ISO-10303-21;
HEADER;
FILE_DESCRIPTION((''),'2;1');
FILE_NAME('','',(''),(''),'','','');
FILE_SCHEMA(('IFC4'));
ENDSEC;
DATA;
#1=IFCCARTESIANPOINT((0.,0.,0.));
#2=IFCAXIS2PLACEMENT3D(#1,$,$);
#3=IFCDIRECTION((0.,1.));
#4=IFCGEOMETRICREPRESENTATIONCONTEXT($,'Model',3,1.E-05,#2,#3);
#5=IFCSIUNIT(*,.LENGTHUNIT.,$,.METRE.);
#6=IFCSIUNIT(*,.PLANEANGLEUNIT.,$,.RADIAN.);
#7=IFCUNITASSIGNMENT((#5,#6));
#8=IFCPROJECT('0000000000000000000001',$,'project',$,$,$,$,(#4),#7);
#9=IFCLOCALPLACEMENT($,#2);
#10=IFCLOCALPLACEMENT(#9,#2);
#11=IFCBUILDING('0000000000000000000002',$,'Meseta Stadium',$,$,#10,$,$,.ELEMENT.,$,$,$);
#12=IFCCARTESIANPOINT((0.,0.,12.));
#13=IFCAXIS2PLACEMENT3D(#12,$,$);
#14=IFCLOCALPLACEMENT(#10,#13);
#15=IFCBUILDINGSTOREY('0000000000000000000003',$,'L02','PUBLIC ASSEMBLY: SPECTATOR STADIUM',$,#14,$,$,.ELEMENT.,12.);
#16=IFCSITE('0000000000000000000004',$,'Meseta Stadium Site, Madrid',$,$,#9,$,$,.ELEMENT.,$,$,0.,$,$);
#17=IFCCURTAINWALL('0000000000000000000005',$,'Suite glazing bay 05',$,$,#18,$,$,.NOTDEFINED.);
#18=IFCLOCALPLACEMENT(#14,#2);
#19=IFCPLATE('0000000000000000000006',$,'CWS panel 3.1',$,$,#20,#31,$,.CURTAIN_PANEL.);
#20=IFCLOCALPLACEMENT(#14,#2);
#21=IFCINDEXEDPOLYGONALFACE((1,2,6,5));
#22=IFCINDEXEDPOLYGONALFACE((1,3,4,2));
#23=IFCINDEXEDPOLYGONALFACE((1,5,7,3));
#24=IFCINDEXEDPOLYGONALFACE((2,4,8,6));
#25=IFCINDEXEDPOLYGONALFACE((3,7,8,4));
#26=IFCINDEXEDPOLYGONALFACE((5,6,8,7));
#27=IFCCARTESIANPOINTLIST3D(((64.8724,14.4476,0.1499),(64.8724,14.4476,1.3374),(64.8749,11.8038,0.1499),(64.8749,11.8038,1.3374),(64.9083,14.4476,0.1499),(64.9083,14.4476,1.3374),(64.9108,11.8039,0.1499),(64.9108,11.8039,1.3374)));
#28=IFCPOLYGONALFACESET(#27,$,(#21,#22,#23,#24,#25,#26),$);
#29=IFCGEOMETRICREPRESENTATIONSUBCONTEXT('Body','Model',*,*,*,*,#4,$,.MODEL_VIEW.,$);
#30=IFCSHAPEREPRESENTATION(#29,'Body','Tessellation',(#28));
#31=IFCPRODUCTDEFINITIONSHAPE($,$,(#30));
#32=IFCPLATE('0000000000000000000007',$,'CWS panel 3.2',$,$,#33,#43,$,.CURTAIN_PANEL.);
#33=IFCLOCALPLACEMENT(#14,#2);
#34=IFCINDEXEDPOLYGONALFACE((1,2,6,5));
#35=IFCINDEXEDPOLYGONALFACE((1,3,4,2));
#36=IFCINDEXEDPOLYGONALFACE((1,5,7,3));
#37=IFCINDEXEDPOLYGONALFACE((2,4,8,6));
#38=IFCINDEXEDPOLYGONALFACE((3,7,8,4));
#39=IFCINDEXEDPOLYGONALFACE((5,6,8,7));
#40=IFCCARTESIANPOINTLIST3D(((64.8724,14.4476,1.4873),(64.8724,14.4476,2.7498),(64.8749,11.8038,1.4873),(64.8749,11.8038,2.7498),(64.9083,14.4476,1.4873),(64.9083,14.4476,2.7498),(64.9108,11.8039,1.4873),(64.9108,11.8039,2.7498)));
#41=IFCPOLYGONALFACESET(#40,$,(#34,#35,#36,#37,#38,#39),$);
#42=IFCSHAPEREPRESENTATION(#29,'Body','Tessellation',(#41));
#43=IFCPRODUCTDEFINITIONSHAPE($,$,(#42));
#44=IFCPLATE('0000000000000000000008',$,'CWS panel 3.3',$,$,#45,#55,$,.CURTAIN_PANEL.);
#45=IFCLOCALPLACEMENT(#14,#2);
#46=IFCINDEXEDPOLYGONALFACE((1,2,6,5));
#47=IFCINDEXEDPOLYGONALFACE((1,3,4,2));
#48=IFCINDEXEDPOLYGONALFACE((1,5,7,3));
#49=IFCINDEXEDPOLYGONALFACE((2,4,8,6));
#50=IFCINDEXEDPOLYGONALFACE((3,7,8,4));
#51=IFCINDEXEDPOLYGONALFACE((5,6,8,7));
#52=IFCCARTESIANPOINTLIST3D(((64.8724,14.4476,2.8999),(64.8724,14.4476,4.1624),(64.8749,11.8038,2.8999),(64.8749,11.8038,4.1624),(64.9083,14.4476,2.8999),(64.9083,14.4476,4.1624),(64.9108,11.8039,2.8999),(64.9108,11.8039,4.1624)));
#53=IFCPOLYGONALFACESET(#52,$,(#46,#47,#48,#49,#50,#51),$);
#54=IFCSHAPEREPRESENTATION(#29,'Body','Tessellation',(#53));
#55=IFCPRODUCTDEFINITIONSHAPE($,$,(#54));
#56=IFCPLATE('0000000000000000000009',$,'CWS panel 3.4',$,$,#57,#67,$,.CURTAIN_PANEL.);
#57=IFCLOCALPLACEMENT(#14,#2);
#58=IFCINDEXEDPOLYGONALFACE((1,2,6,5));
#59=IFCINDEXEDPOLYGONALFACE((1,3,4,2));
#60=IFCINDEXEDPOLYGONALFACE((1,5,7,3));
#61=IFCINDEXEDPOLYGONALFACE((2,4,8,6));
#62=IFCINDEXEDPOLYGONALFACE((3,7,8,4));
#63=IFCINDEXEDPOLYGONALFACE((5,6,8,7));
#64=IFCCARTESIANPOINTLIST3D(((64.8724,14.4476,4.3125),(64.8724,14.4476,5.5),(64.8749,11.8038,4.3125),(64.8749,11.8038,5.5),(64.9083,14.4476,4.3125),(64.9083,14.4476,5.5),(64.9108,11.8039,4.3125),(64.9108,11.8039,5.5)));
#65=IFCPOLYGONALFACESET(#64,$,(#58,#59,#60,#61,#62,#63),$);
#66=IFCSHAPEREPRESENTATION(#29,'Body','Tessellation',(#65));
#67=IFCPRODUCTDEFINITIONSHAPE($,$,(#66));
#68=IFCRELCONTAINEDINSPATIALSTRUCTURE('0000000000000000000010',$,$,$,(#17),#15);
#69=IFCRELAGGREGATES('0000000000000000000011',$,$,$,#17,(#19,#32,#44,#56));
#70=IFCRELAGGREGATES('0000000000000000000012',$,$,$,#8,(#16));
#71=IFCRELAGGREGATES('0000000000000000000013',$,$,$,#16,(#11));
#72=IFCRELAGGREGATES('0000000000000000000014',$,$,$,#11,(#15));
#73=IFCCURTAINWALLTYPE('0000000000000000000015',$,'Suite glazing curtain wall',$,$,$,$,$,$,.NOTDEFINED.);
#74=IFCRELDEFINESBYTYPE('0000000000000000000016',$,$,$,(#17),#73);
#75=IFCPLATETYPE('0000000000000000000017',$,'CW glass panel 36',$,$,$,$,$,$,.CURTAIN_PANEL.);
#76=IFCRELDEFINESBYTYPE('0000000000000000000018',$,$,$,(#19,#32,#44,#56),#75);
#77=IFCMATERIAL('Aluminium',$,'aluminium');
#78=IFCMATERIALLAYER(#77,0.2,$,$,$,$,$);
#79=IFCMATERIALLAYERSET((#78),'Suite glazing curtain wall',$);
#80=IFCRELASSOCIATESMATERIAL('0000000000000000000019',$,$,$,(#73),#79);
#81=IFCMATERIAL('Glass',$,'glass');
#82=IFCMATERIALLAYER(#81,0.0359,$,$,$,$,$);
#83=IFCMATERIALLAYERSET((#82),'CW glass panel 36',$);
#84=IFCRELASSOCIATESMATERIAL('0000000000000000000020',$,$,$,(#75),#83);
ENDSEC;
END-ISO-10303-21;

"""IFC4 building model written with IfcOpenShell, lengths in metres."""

from ifc_helpers import new_model, si_unit, direction, frame, origin, origin_2d, place, context, subcontext, project, spatial, rectangle, extrude, material, layer, layer_set, type_object, element, aggregate, save


model = new_model("IFC4")

# Units and contexts
model_context = context("Model", 3, precision=1e-05, world=origin(), true_north=direction((0.0, 1.0)))
body_context = subcontext(model_context, "Body", "Model", "MODEL_VIEW")
ifc_project = project(units=[si_unit("LENGTHUNIT", "METRE"), si_unit("PLANEANGLEUNIT", "RADIAN")], contexts=[model_context])

# Site, building, storey
site_placement = place(None, origin())
site = spatial("IfcSite", under=ifc_project, at=site_placement, Name="Meseta Stadium Site, Madrid", CompositionType="ELEMENT", RefElevation=0.0)
building_placement = place(site_placement, origin())
building = spatial("IfcBuilding", under=site, at=building_placement, Name="Meseta Stadium", CompositionType="ELEMENT")
storey_placement = place(building_placement, frame((0.0, 0.0, 12.0)))
storey = spatial("IfcBuildingStorey", under=building, at=storey_placement, Name="L02", Description="PUBLIC ASSEMBLY: SPECTATOR STADIUM", CompositionType="ELEMENT", Elevation=12.0)

# Curtain wall
ifc_material_1 = material(Name="Aluminium", Category="aluminium")
ifc_layer_1 = layer(ifc_material_1, 0.2)
ifc_layer_set_1 = layer_set([ifc_layer_1], Name="Suite glazing curtain wall")
curtain_wall_type = type_object("IfcCurtainWallType", Name="Suite glazing curtain wall", PredefinedType="NOTDEFINED", material=ifc_layer_set_1)
curtain_wall_1_placement = place(storey_placement, origin())
curtain_wall_1 = element("IfcCurtainWall", 1, at=curtain_wall_1_placement, inside=storey, type_object=curtain_wall_type, Name="Suite glazing bay 05", PredefinedType="NOTDEFINED")

# Plates
ifc_material_2 = material(Name="Glass", Category="glass")
ifc_layer_2 = layer(ifc_material_2, 0.0359)
ifc_layer_set_2 = layer_set([ifc_layer_2], Name="CW glass panel 36")
plate_type = type_object("IfcPlateType", Name="CW glass panel 36", PredefinedType="CURTAIN_PANEL", material=ifc_layer_set_2)
plate_1_placement = place(storey_placement, frame((64.8916, 13.1257, 0.1499), z_axis=(0.0, 0.0, 1.0), x_axis=(-0.000975, 1.0, 0.0)))
plate_1 = element("IfcPlate", 2, at=plate_1_placement, type_object=plate_type, Name="CWS panel 3.1", PredefinedType="CURTAIN_PANEL", context=body_context, shape_type="SweptSolid", body=[
    extrude(rectangle(XDim=2.6438, YDim=0.0359, at=origin_2d()), origin(), (0.0, 0.0, 1.0), 1.1875),
])
plate_2_placement = place(storey_placement, frame((64.8916, 13.1257, 1.4873), z_axis=(0.0, 0.0, 1.0), x_axis=(-0.000975, 1.0, 0.0)))
plate_2 = element("IfcPlate", 3, at=plate_2_placement, type_object=plate_type, Name="CWS panel 3.2", PredefinedType="CURTAIN_PANEL", context=body_context, shape_type="SweptSolid", body=[
    extrude(rectangle(XDim=2.6438, YDim=0.0359, at=origin_2d()), origin(), (0.0, 0.0, 1.0), 1.2625),
])
plate_3_placement = place(storey_placement, frame((64.8916, 13.1257, 2.8999), z_axis=(0.0, 0.0, 1.0), x_axis=(-0.000975, 1.0, 0.0)))
plate_3 = element("IfcPlate", 4, at=plate_3_placement, type_object=plate_type, Name="CWS panel 3.3", PredefinedType="CURTAIN_PANEL", context=body_context, shape_type="SweptSolid", body=[
    extrude(rectangle(XDim=2.6438, YDim=0.0359, at=origin_2d()), origin(), (0.0, 0.0, 1.0), 1.2625),
])
plate_4_placement = place(storey_placement, frame((64.8916, 13.1257, 4.3125), z_axis=(0.0, 0.0, 1.0), x_axis=(-0.000975, 1.0, 0.0)))
plate_4 = element("IfcPlate", 5, at=plate_4_placement, type_object=plate_type, Name="CWS panel 3.4", PredefinedType="CURTAIN_PANEL", context=body_context, shape_type="SweptSolid", body=[
    extrude(rectangle(XDim=2.6438, YDim=0.0359, at=origin_2d()), origin(), (0.0, 0.0, 1.0), 1.1875),
])
aggregate(curtain_wall_1, [plate_1, plate_2, plate_3, plate_4])

save(model, "model.ifc")
